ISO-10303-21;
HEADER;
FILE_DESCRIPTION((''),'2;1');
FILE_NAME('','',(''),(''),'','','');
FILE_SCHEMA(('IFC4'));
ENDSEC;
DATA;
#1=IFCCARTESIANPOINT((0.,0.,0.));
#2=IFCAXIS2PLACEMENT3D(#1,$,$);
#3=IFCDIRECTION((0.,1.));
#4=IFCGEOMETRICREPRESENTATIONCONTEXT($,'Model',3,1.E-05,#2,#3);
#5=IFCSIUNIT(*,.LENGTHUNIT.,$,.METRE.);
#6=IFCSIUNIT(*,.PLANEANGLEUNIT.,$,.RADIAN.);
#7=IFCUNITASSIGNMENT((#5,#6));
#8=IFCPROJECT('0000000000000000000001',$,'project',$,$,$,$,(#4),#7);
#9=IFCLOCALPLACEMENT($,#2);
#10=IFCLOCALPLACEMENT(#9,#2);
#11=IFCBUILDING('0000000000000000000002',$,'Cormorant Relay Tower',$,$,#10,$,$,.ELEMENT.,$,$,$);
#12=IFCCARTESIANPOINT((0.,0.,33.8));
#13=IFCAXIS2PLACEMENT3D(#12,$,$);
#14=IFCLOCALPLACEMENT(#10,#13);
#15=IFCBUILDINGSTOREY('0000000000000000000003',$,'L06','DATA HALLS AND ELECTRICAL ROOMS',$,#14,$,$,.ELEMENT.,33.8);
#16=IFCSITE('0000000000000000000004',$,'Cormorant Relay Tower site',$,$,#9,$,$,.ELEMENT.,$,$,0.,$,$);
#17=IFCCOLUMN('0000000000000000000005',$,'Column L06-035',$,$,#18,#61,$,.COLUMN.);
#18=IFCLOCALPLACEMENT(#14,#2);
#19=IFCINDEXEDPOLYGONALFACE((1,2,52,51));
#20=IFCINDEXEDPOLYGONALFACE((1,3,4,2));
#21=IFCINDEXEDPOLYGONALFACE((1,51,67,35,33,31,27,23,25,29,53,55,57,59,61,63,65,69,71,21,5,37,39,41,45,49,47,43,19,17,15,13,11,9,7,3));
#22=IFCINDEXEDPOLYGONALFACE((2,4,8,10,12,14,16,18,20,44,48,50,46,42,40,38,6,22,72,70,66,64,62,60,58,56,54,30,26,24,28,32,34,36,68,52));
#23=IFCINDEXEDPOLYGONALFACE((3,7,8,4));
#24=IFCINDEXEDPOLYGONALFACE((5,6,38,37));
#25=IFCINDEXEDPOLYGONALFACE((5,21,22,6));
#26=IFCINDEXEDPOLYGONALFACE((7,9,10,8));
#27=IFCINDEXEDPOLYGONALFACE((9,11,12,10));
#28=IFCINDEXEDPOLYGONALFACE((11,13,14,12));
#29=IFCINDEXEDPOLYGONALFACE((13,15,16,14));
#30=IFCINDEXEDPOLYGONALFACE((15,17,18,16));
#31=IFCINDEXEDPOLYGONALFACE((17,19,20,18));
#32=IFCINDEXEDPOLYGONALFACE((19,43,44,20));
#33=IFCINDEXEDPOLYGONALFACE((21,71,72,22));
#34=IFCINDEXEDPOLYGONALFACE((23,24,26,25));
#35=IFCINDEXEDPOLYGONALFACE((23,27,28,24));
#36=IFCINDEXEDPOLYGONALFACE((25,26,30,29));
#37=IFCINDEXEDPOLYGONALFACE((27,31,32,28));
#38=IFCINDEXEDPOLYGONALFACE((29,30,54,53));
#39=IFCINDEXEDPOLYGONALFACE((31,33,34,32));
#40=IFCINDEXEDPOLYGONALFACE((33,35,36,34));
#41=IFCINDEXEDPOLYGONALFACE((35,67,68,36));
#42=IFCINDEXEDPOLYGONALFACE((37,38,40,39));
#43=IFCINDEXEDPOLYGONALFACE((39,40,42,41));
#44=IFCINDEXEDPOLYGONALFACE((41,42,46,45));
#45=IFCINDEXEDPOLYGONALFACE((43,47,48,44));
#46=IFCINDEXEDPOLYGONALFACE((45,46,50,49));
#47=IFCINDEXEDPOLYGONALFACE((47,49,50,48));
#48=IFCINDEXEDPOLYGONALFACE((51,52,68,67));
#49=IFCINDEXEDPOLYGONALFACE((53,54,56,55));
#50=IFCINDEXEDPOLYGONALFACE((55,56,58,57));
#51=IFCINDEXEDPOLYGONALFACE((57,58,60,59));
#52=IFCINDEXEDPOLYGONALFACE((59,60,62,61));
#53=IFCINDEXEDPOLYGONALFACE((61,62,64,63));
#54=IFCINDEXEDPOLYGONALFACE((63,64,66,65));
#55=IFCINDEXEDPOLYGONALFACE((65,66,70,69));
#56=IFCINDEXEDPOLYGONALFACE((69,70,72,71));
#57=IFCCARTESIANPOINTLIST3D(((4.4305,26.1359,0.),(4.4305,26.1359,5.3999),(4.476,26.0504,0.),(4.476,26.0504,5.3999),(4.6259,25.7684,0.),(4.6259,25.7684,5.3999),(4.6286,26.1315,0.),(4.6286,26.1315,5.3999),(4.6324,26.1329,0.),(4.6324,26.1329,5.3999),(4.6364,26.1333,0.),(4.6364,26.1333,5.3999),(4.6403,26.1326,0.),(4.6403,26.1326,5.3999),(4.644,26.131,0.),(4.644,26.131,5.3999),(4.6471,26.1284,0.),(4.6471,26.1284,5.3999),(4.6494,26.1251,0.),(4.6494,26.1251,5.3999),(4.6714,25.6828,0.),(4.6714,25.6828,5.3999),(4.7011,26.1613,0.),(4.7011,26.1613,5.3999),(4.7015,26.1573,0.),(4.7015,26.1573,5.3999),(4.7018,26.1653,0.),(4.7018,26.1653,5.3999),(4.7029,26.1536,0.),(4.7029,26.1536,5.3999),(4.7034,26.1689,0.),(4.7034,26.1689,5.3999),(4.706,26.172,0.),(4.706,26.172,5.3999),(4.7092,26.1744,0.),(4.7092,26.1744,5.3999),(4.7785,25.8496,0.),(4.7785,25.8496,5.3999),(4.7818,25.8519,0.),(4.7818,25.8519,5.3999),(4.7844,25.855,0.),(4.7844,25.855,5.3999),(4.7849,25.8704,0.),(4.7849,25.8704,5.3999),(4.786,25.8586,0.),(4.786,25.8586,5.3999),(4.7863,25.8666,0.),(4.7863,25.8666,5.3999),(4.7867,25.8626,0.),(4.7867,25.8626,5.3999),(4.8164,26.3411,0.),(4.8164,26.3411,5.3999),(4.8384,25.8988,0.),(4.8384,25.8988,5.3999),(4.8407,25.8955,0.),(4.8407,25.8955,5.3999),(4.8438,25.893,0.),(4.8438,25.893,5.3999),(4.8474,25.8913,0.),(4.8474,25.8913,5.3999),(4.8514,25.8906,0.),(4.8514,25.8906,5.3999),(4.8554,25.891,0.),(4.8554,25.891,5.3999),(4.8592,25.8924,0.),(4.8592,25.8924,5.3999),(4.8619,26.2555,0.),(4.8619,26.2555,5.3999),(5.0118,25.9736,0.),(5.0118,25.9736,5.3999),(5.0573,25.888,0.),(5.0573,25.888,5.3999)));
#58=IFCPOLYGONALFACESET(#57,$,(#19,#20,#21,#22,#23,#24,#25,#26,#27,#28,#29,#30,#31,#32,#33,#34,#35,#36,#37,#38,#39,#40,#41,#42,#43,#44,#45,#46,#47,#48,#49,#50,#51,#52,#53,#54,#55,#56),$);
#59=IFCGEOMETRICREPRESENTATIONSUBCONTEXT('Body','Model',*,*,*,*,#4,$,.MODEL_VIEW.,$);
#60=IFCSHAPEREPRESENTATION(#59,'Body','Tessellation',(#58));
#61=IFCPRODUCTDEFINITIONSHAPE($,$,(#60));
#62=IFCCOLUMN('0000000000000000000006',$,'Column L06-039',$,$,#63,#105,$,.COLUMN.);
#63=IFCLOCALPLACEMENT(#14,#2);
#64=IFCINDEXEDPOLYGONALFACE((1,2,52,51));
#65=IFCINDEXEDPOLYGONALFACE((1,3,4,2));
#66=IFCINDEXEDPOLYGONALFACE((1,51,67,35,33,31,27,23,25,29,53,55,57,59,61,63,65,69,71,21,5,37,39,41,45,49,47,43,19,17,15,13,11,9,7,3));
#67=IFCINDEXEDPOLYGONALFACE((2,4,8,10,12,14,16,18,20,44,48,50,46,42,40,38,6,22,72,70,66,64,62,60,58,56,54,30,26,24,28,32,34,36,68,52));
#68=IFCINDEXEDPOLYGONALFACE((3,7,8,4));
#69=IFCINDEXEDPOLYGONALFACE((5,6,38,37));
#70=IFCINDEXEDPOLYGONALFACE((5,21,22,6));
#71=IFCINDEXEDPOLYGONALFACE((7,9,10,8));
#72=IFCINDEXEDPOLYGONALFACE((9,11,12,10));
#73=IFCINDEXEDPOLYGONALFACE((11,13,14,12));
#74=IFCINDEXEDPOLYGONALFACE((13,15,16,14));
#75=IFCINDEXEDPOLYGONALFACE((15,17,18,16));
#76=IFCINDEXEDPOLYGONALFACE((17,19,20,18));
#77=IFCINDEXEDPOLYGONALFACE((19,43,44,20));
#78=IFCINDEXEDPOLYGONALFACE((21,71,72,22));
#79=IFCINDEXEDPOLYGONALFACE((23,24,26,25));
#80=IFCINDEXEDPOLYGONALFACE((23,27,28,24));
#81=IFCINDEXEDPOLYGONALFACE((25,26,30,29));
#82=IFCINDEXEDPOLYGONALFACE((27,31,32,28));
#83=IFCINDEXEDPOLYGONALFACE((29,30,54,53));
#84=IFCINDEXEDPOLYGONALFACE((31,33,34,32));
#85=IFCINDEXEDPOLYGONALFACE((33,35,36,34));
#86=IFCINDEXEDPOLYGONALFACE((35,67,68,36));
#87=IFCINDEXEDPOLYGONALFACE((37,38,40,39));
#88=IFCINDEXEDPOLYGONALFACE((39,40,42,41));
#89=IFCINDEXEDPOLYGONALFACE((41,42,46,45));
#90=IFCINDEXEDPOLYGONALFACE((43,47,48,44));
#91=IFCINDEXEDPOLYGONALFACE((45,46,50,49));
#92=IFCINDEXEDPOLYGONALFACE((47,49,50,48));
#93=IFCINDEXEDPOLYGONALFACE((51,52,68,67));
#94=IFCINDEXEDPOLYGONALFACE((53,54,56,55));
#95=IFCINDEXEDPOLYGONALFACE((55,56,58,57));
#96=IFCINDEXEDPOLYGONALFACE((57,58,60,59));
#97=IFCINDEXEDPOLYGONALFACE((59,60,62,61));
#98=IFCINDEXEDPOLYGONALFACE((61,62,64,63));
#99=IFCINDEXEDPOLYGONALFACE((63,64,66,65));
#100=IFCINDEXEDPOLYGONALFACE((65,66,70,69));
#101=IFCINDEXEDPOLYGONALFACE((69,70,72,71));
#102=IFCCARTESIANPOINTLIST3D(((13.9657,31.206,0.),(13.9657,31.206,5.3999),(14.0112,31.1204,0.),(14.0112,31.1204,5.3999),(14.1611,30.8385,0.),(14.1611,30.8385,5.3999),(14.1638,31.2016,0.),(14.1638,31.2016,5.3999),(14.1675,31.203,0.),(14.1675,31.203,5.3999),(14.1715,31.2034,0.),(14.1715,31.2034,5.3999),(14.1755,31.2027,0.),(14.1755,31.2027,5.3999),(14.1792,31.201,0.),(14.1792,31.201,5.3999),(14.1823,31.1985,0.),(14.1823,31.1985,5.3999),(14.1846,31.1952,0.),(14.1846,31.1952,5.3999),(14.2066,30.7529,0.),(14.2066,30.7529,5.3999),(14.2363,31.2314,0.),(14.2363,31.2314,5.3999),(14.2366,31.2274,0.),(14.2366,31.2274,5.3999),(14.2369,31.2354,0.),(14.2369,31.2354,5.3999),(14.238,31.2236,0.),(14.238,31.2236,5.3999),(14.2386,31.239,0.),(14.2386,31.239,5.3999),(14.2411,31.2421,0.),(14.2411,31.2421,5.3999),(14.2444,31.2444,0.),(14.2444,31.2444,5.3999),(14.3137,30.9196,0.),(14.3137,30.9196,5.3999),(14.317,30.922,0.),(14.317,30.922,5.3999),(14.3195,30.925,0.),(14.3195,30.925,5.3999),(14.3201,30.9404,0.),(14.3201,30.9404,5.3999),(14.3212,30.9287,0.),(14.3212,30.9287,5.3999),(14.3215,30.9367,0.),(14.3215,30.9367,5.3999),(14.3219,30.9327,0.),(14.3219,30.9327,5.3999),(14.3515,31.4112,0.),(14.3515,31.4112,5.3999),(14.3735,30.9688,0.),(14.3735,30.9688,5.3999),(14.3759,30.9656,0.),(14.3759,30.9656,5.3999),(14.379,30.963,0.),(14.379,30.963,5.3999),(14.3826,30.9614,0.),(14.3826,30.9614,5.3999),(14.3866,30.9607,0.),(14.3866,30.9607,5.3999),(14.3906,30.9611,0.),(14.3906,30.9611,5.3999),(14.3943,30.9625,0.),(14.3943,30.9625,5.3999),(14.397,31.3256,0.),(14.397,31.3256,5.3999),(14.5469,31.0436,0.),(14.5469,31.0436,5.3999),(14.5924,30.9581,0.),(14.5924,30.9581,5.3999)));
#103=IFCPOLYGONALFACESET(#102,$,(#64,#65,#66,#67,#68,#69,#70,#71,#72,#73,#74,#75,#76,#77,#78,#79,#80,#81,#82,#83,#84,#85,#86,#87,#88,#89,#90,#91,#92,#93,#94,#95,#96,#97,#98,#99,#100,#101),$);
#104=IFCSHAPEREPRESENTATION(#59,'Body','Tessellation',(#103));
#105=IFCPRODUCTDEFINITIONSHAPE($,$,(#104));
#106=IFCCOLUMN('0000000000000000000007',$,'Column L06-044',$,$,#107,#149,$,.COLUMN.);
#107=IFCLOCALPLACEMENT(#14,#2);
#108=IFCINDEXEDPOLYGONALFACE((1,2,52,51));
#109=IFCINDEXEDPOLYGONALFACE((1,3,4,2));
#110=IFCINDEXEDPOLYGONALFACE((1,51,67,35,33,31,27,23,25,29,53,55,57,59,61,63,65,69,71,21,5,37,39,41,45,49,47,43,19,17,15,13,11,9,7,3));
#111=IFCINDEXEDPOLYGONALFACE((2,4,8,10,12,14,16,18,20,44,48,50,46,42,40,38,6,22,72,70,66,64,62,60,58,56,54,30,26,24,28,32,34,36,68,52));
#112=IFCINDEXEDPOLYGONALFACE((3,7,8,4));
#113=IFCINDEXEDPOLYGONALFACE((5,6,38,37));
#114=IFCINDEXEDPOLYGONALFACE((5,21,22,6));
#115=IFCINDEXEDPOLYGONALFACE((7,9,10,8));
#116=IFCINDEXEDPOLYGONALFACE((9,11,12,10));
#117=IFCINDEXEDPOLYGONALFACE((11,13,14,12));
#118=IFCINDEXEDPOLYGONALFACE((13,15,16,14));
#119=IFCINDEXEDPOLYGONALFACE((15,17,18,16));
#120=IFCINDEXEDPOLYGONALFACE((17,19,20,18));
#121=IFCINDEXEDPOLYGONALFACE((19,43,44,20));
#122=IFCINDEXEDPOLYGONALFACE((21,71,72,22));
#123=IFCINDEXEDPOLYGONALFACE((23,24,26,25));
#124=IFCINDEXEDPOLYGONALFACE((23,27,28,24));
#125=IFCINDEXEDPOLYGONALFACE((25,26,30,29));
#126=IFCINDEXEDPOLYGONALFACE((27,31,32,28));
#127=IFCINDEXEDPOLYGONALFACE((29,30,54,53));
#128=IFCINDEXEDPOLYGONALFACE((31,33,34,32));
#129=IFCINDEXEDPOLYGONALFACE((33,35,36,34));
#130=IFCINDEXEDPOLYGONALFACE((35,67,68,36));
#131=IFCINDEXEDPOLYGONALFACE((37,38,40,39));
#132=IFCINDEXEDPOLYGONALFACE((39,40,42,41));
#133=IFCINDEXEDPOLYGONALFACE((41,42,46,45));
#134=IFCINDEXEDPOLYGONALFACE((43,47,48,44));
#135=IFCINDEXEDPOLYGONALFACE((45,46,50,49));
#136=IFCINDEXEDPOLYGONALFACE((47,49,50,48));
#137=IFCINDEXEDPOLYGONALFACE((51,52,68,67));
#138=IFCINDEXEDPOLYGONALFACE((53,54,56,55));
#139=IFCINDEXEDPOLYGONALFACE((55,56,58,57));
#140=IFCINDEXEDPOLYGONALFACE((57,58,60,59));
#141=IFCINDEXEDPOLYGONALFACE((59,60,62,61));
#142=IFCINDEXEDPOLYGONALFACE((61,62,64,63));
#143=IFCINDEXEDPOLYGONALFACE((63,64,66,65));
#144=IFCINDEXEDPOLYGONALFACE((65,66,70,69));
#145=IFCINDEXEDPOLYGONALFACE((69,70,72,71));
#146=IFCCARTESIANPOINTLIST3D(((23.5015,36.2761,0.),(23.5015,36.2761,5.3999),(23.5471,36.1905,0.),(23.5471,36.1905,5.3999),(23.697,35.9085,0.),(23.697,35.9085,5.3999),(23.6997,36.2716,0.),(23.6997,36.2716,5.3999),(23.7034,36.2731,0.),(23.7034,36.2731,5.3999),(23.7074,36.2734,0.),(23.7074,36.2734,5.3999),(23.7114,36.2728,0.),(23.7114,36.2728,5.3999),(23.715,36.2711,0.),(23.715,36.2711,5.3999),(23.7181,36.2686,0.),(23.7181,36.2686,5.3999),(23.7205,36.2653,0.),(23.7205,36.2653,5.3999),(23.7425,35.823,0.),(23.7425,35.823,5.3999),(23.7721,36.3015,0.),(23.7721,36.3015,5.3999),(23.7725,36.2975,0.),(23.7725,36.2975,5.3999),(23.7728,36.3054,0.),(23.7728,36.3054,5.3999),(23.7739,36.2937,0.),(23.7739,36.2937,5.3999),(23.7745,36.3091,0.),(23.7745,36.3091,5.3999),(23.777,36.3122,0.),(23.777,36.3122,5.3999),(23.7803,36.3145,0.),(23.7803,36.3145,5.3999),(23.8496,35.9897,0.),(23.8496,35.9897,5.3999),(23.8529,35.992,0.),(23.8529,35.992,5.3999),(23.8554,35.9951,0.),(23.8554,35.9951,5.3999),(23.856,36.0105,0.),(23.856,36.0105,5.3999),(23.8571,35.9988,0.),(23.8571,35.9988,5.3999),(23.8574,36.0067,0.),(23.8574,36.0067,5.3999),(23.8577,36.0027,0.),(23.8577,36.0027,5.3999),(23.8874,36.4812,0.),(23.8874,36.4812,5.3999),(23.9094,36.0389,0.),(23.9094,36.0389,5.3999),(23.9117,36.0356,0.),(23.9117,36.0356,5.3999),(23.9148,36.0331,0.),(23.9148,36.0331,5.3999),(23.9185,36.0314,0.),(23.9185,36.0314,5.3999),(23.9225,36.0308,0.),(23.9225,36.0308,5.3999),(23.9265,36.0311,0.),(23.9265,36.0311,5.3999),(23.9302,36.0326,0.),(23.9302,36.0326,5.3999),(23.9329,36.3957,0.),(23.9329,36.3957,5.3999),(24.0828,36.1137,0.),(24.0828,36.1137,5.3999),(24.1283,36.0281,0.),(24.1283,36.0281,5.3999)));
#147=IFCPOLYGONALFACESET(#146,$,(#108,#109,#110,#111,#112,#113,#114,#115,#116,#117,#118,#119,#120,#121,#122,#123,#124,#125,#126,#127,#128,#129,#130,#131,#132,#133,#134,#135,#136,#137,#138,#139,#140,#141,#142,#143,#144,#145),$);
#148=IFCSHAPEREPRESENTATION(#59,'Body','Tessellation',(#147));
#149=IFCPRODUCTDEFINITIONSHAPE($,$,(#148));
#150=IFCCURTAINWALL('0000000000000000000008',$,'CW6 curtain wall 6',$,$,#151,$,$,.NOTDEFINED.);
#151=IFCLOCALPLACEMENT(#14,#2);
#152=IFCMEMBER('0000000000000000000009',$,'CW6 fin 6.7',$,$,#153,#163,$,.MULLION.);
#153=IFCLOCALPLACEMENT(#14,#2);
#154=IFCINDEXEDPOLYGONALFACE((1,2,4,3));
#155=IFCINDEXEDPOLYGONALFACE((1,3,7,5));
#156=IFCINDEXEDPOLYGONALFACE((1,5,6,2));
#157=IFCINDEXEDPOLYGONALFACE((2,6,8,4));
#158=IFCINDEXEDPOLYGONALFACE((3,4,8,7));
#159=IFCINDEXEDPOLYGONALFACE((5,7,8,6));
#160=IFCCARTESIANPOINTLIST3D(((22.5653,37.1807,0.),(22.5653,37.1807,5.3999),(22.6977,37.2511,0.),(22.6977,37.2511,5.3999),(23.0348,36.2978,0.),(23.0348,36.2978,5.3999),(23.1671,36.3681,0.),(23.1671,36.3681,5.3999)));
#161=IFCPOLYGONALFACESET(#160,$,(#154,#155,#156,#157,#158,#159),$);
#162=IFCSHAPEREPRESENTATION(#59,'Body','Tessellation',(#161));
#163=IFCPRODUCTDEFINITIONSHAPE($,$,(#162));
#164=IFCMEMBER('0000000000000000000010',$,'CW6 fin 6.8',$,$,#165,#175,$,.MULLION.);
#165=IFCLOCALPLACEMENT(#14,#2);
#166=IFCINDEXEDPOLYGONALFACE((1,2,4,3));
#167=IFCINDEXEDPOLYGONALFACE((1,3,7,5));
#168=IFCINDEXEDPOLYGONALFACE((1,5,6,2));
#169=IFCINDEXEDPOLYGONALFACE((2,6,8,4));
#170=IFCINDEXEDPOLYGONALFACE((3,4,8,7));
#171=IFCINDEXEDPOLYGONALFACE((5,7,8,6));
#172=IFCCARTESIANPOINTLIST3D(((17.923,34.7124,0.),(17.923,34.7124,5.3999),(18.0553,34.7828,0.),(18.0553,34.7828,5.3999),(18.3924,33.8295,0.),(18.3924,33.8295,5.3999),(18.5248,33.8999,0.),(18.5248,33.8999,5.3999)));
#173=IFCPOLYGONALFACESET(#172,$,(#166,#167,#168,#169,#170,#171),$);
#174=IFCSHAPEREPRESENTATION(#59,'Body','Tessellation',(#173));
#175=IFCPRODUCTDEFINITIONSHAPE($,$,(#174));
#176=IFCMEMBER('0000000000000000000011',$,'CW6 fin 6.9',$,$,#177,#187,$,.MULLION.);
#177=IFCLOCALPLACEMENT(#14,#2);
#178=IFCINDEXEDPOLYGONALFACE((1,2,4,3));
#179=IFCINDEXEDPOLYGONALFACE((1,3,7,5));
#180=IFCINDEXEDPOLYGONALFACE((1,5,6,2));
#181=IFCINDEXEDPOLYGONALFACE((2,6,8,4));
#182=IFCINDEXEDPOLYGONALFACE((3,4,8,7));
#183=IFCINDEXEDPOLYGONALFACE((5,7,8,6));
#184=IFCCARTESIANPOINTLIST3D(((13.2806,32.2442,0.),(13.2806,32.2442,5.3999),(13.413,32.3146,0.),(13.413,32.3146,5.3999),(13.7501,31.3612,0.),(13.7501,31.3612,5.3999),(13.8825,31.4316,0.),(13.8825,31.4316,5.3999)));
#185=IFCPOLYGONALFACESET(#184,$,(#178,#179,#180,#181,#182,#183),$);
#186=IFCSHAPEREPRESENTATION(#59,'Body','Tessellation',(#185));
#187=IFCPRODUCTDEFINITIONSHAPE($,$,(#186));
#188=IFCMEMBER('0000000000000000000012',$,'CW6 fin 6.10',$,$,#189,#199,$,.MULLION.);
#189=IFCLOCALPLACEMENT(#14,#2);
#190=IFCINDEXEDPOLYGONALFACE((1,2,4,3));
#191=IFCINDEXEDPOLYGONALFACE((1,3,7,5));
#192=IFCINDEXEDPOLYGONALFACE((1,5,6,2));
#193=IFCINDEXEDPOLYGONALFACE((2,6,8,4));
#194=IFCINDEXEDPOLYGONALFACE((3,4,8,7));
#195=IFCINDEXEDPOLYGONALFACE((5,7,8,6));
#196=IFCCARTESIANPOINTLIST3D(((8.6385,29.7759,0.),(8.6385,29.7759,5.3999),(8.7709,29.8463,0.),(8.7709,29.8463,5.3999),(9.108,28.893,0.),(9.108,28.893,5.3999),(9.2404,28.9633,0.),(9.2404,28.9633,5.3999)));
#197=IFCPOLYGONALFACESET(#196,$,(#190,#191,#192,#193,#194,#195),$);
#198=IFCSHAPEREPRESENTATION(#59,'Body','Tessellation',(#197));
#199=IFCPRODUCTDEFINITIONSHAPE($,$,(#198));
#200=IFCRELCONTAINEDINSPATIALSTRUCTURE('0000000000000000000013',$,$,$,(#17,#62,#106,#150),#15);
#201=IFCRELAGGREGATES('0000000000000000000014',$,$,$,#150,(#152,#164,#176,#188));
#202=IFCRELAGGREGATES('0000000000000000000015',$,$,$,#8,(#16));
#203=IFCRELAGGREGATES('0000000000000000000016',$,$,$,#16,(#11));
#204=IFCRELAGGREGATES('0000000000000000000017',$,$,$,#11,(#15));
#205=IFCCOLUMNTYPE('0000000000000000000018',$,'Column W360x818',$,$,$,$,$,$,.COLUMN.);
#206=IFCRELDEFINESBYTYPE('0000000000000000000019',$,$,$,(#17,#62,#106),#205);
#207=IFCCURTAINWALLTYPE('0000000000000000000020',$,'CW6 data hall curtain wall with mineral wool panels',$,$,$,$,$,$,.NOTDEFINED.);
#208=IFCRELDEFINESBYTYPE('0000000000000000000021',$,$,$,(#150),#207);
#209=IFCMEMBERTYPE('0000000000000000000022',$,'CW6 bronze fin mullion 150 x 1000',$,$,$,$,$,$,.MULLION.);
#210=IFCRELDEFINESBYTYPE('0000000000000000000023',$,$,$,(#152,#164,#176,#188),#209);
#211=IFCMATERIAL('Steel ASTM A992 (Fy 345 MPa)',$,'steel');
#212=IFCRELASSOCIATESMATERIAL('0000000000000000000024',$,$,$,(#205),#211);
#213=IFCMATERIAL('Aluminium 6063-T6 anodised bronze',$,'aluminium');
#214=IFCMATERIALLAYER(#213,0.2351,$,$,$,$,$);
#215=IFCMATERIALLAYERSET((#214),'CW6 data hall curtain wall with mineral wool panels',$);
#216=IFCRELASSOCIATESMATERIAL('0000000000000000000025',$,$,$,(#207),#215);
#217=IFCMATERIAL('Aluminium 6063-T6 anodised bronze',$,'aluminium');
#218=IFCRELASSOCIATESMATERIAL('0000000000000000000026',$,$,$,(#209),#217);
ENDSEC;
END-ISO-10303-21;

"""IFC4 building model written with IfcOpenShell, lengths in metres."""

from ifc_helpers import new_model, si_unit, direction, frame, origin, origin_2d, place, context, subcontext, project, spatial, rectangle, i_section, extrude, material, layer, layer_set, material_profile, profile_set, type_object, element, aggregate, save


model = new_model("IFC4")

# Units and contexts
model_context = context("Model", 3, precision=1e-05, world=origin(), true_north=direction((0.0, 1.0)))
body_context = subcontext(model_context, "Body", "Model", "MODEL_VIEW")
ifc_project = project(units=[si_unit("LENGTHUNIT", "METRE"), si_unit("PLANEANGLEUNIT", "RADIAN")], contexts=[model_context])

# Site, building, storey
site_placement = place(None, origin())
site = spatial("IfcSite", under=ifc_project, at=site_placement, Name="Cormorant Relay Tower site", CompositionType="ELEMENT", RefElevation=0.0)
building_placement = place(site_placement, origin())
building = spatial("IfcBuilding", under=site, at=building_placement, Name="Cormorant Relay Tower", CompositionType="ELEMENT")
storey_placement = place(building_placement, frame((0.0, 0.0, 33.8)))
storey = spatial("IfcBuildingStorey", under=building, at=storey_placement, Name="L06", Description="DATA HALLS AND ELECTRICAL ROOMS", CompositionType="ELEMENT", Elevation=33.8)

# Columns
ifc_material_1 = material(Name="Steel ASTM A992 (Fy 345 MPa)", Category="steel")
ifc_material_profile_1 = material_profile(ifc_material_1, i_section(OverallWidth=0.437, OverallDepth=0.5132, WebThickness=0.0605, FlangeThickness=0.0969, FilletRadius=0.0154, at=origin_2d()), Name="W360x818")
ifc_profile_set_1 = profile_set([ifc_material_profile_1], Name="Steel ASTM A992 (Fy 345 MPa)")
column_type = type_object("IfcColumnType", Name="Column W360x818", PredefinedType="COLUMN", material=ifc_profile_set_1)
for number, where, z_axis, x_axis, name in (
    (1, (4.7439, 26.012, 0.0), (0.0, 0.0, 1.0), (-0.882948, -0.469472, 0.0), "Column L06-035"),
    (2, (14.2791, 31.082, 0.0), (0.0, 0.0, 1.0), (-0.882948, -0.469472, 0.0), "Column L06-039"),
    (3, (23.8149, 36.1521, 0.0), (0.0, 0.0, 1.0), (-0.882948, -0.469472, 0.0), "Column L06-044"),
):
    element("IfcColumn", number, at=place(storey_placement, frame(where, z_axis=z_axis, x_axis=x_axis)), inside=storey, type_object=column_type, Name=name, PredefinedType="COLUMN", context=body_context, shape_type="SweptSolid", body=[
        extrude(i_section(OverallWidth=0.437, OverallDepth=0.5132, WebThickness=0.0605, FlangeThickness=0.0969, FilletRadius=0.0154, at=origin_2d()), origin(), (0.0, 0.0, 1.0), 5.3999),
    ])

# Curtain wall, members
ifc_material_2 = material(Name="Aluminium 6063-T6 anodised bronze", Category="aluminium")
ifc_layer_1 = layer(ifc_material_2, 0.2351)
ifc_layer_set_1 = layer_set([ifc_layer_1], Name="CW6 data hall curtain wall with mineral wool panels")
curtain_wall_type = type_object("IfcCurtainWallType", Name="CW6 data hall curtain wall with mineral wool panels", PredefinedType="NOTDEFINED", material=ifc_layer_set_1)
curtain_wall_1_placement = place(storey_placement, origin())
curtain_wall_1 = element("IfcCurtainWall", 4, at=curtain_wall_1_placement, inside=storey, type_object=curtain_wall_type, Name="CW6 curtain wall 6", PredefinedType="NOTDEFINED")
ifc_material_3 = material(Name="Aluminium 6063-T6 anodised bronze", Category="aluminium")
ifc_material_profile_2 = material_profile(ifc_material_3, rectangle(XDim=0.1499, YDim=1.0, at=origin_2d()), Name="AL 150x1000")
ifc_profile_set_2 = profile_set([ifc_material_profile_2], Name="Aluminium 6063-T6 anodised bronze")
member_type_1 = type_object("IfcMemberType", Name="CW6 bronze fin mullion 150 x 1000", PredefinedType="MULLION", material=ifc_profile_set_2)
member_1_placement = place(storey_placement, frame((22.8662, 36.7744, 0.0), z_axis=(0.0, 0.0, 1.0), x_axis=(-0.882948, -0.469472, 0.0)))
member_1 = element("IfcMember", 5, at=member_1_placement, type_object=member_type_1, Name="CW6 fin 6.7", PredefinedType="MULLION", context=body_context, shape_type="SweptSolid", body=[
    extrude(rectangle(XDim=0.1499, YDim=1.0, at=origin_2d()), origin(), (0.0, 0.0, 1.0), 5.3999),
])
member_2_placement = place(storey_placement, frame((18.2239, 34.3062, 0.0), z_axis=(0.0, 0.0, 1.0), x_axis=(-0.882948, -0.469472, 0.0)))
member_2 = element("IfcMember", 6, at=member_2_placement, type_object=member_type_1, Name="CW6 fin 6.8", PredefinedType="MULLION", context=body_context, shape_type="SweptSolid", body=[
    extrude(rectangle(XDim=0.1499, YDim=1.0, at=origin_2d()), origin(), (0.0, 0.0, 1.0), 5.3999),
])
member_3_placement = place(storey_placement, frame((13.5815, 31.8379, 0.0), z_axis=(0.0, 0.0, 1.0), x_axis=(-0.882948, -0.469472, 0.0)))
member_3 = element("IfcMember", 7, at=member_3_placement, type_object=member_type_1, Name="CW6 fin 6.9", PredefinedType="MULLION", context=body_context, shape_type="SweptSolid", body=[
    extrude(rectangle(XDim=0.1499, YDim=1.0, at=origin_2d()), origin(), (0.0, 0.0, 1.0), 5.3999),
])
member_4_placement = place(storey_placement, frame((8.9395, 29.3696, 0.0), z_axis=(0.0, 0.0, 1.0), x_axis=(-0.882948, -0.469472, 0.0)))
member_4 = element("IfcMember", 8, at=member_4_placement, type_object=member_type_1, Name="CW6 fin 6.10", PredefinedType="MULLION", context=body_context, shape_type="SweptSolid", body=[
    extrude(rectangle(XDim=0.1499, YDim=1.0, at=origin_2d()), origin(), (0.0, 0.0, 1.0), 5.3999),
])

aggregate(curtain_wall_1, [member_1, member_2, member_3, member_4])

save(model, "model.ifc")
